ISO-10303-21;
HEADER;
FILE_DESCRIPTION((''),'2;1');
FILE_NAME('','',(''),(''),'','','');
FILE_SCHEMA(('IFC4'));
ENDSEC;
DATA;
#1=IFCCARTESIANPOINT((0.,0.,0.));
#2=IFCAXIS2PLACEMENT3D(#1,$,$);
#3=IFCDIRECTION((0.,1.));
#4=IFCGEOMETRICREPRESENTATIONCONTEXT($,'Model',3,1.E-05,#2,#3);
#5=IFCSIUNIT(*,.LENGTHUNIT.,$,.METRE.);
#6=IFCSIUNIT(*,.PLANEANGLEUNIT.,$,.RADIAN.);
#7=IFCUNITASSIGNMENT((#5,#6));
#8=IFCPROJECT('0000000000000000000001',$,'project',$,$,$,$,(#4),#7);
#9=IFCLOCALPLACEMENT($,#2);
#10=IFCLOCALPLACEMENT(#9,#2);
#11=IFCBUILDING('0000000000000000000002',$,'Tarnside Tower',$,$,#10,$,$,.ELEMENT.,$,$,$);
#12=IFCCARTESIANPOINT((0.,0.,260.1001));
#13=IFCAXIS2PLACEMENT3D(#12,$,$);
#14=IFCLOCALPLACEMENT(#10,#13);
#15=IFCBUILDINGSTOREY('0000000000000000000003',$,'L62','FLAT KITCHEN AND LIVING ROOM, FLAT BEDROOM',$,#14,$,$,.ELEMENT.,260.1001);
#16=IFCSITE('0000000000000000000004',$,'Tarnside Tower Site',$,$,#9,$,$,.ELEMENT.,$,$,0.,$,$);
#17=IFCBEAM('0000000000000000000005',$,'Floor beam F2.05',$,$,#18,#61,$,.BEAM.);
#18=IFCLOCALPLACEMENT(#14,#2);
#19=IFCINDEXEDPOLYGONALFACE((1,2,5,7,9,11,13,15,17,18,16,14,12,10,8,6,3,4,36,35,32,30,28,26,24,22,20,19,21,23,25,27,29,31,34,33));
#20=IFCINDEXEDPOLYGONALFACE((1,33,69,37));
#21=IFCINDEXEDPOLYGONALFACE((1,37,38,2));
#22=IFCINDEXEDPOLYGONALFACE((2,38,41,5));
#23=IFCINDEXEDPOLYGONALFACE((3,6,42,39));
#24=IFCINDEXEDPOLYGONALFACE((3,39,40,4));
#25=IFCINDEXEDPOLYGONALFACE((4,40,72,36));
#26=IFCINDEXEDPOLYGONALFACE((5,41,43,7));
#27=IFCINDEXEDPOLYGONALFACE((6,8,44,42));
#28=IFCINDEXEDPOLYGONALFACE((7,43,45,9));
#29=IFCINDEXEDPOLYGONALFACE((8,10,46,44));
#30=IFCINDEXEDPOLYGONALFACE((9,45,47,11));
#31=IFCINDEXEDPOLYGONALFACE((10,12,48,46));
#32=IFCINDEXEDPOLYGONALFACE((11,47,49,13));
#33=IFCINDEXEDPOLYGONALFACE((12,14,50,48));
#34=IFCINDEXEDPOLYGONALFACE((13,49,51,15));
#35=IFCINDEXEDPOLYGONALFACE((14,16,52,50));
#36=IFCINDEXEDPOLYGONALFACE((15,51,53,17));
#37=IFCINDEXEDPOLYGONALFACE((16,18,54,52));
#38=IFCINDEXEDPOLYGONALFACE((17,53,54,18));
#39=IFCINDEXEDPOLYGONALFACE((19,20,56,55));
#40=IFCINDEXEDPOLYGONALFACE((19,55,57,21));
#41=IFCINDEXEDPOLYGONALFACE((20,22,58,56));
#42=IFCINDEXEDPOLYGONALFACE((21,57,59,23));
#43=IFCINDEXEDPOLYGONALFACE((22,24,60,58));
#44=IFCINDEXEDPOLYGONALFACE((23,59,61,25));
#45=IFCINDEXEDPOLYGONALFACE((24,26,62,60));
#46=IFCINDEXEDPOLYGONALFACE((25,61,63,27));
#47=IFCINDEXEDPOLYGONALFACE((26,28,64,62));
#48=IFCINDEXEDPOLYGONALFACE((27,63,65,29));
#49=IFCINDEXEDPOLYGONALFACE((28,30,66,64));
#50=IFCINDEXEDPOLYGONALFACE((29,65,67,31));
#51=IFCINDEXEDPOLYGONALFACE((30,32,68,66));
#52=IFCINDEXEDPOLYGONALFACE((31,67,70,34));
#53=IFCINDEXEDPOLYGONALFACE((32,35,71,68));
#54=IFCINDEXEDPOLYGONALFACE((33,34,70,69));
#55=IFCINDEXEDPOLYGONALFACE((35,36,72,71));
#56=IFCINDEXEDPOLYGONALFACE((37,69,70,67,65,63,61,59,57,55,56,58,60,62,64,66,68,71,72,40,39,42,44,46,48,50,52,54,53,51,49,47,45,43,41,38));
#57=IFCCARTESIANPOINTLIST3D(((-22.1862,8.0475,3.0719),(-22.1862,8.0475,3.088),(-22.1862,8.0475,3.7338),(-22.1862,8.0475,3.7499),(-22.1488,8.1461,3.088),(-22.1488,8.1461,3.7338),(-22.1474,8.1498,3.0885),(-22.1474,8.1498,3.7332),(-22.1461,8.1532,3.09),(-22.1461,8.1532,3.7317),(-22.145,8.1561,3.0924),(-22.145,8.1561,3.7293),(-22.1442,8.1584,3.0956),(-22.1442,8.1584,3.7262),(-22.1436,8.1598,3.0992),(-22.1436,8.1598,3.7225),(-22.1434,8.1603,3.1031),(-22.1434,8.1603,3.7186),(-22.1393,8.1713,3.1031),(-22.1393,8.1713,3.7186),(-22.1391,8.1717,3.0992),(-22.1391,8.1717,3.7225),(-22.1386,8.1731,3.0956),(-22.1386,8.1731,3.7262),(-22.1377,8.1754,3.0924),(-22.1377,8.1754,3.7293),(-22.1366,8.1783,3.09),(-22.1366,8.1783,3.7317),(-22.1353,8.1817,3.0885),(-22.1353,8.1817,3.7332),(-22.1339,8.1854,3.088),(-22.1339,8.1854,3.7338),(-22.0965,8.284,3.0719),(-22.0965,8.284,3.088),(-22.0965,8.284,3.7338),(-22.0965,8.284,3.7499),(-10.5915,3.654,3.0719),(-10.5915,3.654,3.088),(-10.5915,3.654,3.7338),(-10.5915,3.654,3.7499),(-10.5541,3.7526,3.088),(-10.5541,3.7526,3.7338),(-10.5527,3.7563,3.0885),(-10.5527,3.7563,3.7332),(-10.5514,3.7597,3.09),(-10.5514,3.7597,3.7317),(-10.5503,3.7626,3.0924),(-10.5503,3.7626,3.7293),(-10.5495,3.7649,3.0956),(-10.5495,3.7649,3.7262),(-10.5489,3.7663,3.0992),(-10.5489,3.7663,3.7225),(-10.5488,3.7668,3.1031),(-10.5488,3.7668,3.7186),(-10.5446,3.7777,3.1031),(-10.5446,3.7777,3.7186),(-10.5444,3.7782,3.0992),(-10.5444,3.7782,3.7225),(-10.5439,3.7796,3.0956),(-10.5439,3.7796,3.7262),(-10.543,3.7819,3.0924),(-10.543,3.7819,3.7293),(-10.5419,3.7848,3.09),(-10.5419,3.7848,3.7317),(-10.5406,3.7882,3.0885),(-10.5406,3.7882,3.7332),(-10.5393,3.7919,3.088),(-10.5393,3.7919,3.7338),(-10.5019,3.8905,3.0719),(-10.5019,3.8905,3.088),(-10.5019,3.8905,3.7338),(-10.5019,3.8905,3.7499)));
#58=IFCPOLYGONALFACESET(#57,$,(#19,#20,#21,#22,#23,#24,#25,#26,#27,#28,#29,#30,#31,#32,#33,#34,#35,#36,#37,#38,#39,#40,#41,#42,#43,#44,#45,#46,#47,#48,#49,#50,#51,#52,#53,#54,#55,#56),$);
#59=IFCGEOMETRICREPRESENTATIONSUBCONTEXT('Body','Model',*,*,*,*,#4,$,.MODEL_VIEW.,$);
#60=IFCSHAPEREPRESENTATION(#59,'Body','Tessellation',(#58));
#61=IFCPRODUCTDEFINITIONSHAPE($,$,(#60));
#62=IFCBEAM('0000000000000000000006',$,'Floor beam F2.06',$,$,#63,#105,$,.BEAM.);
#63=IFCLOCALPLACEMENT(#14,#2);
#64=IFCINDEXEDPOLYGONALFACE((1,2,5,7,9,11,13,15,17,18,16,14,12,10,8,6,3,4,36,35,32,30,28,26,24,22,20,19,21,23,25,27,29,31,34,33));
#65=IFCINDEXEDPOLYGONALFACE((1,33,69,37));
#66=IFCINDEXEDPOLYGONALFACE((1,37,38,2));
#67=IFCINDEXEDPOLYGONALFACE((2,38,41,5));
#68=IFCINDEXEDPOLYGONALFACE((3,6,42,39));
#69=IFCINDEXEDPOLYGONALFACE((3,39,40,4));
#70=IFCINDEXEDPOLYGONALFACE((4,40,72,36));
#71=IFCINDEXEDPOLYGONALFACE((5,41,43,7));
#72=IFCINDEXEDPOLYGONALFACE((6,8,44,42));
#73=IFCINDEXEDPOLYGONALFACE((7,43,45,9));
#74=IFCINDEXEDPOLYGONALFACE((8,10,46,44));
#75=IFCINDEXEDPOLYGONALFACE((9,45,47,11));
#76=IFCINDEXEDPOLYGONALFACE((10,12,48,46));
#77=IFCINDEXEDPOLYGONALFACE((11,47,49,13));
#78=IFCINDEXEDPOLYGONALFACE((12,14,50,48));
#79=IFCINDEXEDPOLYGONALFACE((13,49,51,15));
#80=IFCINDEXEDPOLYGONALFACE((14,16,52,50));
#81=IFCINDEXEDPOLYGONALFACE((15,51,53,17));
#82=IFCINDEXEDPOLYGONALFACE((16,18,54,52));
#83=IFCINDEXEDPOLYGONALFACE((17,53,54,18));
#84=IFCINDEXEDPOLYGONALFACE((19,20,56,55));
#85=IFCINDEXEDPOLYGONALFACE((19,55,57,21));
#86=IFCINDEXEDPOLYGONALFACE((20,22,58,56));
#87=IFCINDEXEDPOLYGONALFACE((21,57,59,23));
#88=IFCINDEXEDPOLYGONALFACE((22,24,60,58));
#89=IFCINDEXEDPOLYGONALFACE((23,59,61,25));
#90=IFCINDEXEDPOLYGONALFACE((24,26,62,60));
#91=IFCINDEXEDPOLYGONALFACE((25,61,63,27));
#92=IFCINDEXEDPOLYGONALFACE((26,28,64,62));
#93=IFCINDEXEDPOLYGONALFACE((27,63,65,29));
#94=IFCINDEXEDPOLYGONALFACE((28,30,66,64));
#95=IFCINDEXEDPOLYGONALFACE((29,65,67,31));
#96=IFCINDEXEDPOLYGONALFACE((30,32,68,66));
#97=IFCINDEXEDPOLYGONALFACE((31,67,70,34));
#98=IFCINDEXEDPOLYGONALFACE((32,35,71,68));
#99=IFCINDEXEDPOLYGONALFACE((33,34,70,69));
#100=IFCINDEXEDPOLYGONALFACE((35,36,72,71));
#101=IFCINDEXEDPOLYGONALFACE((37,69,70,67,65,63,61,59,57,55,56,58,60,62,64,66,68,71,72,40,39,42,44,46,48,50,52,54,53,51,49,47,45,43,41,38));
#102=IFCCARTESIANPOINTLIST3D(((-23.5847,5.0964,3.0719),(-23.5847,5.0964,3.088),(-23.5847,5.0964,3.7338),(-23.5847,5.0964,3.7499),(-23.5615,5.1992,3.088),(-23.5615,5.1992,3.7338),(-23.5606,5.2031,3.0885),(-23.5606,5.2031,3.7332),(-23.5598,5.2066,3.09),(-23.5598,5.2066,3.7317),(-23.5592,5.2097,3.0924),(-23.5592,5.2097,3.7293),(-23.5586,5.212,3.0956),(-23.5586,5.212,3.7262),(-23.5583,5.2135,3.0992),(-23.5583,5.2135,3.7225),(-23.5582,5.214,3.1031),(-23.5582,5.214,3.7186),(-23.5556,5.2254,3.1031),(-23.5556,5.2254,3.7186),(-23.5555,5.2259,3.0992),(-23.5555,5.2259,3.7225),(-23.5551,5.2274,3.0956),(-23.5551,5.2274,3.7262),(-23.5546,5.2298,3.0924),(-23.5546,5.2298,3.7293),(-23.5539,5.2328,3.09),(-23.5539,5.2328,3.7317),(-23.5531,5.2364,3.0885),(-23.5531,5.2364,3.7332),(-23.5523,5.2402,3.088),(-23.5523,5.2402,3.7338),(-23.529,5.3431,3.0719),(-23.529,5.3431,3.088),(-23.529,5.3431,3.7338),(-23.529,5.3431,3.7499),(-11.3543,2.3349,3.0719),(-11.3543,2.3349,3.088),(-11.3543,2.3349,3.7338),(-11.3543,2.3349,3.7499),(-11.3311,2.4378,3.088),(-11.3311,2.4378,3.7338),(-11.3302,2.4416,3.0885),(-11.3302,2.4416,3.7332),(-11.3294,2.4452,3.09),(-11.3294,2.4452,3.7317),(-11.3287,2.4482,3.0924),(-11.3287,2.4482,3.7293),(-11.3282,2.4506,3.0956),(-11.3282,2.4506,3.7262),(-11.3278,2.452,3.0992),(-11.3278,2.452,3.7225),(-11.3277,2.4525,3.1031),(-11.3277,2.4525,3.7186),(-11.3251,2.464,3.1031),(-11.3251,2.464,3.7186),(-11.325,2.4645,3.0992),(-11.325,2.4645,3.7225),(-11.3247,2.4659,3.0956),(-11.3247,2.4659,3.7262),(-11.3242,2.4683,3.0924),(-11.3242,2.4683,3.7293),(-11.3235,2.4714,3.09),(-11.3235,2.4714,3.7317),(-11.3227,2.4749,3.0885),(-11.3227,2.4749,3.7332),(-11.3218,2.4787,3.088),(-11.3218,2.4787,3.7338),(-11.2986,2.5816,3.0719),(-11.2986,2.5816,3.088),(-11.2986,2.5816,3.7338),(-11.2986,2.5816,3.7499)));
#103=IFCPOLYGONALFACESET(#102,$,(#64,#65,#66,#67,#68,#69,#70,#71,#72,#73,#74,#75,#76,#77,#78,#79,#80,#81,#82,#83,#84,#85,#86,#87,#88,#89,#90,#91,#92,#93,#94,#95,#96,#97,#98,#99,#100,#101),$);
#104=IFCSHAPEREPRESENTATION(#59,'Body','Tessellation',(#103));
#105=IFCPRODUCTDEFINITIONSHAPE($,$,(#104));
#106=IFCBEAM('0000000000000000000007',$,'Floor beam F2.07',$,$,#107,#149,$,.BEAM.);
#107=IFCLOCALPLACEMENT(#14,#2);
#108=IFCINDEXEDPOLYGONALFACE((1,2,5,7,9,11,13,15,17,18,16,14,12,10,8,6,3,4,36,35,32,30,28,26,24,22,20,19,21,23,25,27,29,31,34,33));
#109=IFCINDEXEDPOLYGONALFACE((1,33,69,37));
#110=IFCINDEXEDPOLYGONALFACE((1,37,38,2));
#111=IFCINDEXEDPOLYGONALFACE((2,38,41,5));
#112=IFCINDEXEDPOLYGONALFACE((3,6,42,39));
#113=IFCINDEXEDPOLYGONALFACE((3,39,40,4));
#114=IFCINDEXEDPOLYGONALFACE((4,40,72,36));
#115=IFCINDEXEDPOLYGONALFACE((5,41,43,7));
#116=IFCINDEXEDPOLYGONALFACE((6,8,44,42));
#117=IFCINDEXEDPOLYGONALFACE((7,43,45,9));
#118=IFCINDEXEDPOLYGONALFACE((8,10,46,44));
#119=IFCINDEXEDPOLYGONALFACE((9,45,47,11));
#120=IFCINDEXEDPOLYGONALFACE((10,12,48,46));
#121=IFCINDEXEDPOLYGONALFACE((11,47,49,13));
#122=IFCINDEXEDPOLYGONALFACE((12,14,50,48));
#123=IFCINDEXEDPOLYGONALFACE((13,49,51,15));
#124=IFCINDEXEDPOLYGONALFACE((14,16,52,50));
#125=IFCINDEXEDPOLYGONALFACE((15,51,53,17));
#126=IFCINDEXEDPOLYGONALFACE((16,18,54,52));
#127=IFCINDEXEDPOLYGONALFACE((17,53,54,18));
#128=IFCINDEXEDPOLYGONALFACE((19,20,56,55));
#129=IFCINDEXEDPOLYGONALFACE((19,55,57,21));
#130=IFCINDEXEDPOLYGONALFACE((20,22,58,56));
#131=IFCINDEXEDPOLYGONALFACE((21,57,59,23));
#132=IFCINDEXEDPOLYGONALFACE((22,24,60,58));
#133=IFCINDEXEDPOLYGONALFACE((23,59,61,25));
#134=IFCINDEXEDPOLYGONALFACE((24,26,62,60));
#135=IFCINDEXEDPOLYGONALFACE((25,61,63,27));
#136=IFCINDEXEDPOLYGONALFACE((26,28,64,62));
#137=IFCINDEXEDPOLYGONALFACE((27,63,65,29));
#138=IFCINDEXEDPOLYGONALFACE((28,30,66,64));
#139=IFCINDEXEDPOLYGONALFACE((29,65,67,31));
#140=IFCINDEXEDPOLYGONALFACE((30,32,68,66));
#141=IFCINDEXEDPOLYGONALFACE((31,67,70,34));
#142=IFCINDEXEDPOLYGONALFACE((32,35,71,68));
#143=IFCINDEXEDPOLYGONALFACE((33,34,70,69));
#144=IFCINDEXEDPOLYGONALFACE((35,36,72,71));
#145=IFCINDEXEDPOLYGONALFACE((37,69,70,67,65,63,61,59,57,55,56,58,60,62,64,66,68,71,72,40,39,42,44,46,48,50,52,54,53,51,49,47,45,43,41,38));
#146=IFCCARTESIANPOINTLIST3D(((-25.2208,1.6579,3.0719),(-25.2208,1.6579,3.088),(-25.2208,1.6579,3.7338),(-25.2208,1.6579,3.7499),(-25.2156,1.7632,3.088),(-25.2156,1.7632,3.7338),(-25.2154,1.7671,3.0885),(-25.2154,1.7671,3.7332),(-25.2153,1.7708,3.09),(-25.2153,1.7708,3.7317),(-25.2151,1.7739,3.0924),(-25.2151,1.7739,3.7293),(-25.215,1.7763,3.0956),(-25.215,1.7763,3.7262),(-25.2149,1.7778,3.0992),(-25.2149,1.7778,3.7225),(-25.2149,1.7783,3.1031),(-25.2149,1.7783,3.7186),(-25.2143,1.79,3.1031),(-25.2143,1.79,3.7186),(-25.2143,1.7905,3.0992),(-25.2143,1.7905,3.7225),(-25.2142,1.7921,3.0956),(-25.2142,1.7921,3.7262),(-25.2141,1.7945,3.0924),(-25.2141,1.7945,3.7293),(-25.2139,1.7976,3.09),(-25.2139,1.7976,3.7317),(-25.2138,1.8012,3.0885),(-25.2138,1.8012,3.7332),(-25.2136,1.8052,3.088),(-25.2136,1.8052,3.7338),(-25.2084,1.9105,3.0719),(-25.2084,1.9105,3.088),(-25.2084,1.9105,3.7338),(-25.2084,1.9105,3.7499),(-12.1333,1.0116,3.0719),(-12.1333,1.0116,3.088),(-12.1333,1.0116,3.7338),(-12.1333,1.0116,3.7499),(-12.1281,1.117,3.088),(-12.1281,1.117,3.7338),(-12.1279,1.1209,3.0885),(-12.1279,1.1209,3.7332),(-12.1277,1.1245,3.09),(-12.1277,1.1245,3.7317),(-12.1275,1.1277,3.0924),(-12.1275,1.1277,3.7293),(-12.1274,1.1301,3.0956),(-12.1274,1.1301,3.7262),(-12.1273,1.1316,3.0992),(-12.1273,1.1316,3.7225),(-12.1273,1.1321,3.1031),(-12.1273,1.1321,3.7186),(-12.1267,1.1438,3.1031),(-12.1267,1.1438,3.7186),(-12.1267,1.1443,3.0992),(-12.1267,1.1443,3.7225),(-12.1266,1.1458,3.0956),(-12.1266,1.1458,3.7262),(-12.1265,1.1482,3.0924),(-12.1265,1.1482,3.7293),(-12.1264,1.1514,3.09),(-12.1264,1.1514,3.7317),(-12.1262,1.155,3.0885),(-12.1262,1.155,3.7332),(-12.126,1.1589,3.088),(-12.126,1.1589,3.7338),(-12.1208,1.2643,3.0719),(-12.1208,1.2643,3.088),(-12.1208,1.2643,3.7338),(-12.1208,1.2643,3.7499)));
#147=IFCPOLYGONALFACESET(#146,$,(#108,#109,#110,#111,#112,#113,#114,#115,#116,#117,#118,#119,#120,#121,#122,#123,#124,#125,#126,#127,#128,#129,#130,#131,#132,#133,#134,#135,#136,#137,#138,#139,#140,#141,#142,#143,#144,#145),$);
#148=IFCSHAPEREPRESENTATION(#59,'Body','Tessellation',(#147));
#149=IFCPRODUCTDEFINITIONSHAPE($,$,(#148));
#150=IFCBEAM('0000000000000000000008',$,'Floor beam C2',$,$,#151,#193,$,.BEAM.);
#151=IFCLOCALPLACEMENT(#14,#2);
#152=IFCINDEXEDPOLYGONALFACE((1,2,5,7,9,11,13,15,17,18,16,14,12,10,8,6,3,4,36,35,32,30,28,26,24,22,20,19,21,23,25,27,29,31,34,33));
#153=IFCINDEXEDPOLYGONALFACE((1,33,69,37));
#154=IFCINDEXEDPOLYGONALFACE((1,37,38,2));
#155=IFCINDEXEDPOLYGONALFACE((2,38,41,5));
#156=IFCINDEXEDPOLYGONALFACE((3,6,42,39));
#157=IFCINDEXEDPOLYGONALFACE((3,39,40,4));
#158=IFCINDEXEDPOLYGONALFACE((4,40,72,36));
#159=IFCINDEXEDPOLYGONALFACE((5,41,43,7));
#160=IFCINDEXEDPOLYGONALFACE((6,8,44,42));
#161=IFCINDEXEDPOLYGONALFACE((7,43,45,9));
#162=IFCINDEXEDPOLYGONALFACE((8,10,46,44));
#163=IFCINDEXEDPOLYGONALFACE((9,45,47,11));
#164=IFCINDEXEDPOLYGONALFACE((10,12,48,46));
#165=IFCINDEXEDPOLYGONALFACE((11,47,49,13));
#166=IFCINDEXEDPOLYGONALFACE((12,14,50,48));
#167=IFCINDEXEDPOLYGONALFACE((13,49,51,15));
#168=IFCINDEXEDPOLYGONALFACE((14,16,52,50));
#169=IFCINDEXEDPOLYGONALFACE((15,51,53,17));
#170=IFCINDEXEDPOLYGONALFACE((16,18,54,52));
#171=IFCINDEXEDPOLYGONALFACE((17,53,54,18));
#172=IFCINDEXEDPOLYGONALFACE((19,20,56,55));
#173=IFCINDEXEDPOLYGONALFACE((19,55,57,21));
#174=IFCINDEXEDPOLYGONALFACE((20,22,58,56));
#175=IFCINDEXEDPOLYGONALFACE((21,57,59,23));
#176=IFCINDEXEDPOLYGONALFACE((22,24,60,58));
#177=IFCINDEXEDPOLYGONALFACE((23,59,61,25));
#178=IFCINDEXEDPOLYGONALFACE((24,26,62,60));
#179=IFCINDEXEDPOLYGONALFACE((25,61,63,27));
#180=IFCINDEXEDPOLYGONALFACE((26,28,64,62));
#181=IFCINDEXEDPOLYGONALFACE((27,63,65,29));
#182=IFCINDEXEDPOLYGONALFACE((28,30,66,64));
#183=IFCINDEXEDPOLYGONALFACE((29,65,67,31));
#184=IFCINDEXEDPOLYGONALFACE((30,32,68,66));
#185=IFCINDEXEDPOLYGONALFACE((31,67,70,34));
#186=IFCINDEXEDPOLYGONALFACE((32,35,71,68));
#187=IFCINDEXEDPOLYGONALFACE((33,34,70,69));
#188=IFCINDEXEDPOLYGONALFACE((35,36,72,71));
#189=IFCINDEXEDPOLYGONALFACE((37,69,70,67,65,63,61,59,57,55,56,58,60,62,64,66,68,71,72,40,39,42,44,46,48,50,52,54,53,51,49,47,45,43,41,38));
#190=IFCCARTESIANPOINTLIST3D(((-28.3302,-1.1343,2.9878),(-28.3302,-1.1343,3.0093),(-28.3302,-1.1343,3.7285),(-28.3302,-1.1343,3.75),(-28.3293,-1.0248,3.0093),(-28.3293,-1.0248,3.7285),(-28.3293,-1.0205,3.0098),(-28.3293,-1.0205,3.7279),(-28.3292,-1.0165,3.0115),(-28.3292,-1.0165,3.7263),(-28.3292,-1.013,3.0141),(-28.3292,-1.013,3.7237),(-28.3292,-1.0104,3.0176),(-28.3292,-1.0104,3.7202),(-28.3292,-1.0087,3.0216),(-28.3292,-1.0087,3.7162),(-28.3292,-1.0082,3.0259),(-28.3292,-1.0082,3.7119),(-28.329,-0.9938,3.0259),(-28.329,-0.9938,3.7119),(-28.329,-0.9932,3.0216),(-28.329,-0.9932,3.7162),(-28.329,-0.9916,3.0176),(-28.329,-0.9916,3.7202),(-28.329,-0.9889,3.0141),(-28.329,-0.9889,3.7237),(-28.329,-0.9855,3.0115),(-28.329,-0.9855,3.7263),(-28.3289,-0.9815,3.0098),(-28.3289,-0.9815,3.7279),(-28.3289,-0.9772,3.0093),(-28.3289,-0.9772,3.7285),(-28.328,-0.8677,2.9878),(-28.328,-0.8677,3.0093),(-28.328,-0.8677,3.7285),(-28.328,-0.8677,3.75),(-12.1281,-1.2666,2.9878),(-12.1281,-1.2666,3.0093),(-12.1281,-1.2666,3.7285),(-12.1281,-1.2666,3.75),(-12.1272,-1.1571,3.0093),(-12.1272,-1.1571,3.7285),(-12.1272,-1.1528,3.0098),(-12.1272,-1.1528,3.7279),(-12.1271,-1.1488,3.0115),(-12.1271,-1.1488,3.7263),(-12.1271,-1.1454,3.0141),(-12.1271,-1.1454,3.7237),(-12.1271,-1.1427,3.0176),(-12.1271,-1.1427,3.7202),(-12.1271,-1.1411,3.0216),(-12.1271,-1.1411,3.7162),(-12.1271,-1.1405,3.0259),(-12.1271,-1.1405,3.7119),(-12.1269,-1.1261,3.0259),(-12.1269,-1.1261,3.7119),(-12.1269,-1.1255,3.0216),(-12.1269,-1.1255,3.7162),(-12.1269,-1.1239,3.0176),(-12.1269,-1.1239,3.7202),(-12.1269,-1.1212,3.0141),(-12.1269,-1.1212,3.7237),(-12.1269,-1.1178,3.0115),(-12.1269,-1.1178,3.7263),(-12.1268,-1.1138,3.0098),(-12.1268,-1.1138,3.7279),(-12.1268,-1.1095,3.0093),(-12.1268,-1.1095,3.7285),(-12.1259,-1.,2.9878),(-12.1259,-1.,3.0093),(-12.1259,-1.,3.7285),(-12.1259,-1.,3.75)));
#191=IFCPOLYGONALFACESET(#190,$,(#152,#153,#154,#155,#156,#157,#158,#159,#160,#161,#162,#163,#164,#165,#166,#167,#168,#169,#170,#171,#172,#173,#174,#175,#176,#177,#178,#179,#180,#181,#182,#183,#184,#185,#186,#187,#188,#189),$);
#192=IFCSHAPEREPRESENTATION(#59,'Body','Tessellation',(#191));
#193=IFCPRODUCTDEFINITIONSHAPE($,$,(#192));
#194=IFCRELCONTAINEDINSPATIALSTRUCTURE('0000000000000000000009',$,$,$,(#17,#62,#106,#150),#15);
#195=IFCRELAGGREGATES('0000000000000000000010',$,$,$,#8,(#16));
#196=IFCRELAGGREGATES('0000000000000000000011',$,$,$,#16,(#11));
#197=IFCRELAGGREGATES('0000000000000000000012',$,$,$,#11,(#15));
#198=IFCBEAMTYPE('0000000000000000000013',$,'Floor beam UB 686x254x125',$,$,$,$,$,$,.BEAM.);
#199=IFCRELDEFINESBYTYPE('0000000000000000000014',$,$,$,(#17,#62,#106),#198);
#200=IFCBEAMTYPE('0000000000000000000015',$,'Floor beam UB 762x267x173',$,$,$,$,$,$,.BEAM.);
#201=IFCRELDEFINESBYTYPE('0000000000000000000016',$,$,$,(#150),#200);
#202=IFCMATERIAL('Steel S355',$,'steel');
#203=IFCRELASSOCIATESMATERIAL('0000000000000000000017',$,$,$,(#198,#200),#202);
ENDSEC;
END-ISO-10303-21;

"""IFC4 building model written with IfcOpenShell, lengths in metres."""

from ifc_helpers import new_model, si_unit, direction, frame, origin, origin_2d, place, context, subcontext, project, spatial, i_section, extrude, material, material_profile, profile_set, type_object, element, save


model = new_model("IFC4")

# Units and contexts
model_context = context("Model", 3, precision=1e-05, world=origin(), true_north=direction((0.0, 1.0)))
body_context = subcontext(model_context, "Body", "Model", "MODEL_VIEW")
ifc_project = project(units=[si_unit("LENGTHUNIT", "METRE"), si_unit("PLANEANGLEUNIT", "RADIAN")], contexts=[model_context])

# Site, building, storey
site_placement = place(None, origin())
site = spatial("IfcSite", under=ifc_project, at=site_placement, Name="Tarnside Tower Site", CompositionType="ELEMENT", RefElevation=0.0)
building_placement = place(site_placement, origin())
building = spatial("IfcBuilding", under=site, at=building_placement, Name="Tarnside Tower", CompositionType="ELEMENT")
storey_placement = place(building_placement, frame((0.0, 0.0, 260.1001)))
storey = spatial("IfcBuildingStorey", under=building, at=storey_placement, Name="L62", Description="FLAT KITCHEN AND LIVING ROOM, FLAT BEDROOM", CompositionType="ELEMENT", Elevation=260.1001)

# Beams
ifc_material_1 = material(Name="Steel S355", Category="steel")
ifc_material_profile_1 = material_profile(ifc_material_1, i_section(OverallWidth=0.2529, OverallDepth=0.678, WebThickness=0.0117, FlangeThickness=0.0161, FilletRadius=0.0151, at=origin_2d()), Name="UB 686x254x125")
ifc_profile_set_1 = profile_set([ifc_material_profile_1], Name="Steel S355")
beam_type_1 = type_object("IfcBeamType", Name="Floor beam UB 686x254x125", PredefinedType="BEAM", material=ifc_profile_set_1)
beam_1_placement = place(storey_placement, frame((-22.1414, 8.1658, 3.4109), z_axis=(0.935116, -0.354341, 0.0), x_axis=(0.354341, 0.935116, 0.0)))
element("IfcBeam", 1, at=beam_1_placement, inside=storey, type_object=beam_type_1, Name="Floor beam F2.05", PredefinedType="BEAM", context=body_context, shape_type="SweptSolid", body=[
    extrude(i_section(OverallWidth=0.2529, OverallDepth=0.678, WebThickness=0.0117, FlangeThickness=0.0161, FilletRadius=0.0151, at=origin_2d()), origin(), (0.0, 0.0, 1.0), 12.3992),
])
beam_2_placement = place(storey_placement, frame((-23.5569, 5.2197, 3.4109), z_axis=(0.975445, -0.220242, 0.0), x_axis=(0.220242, 0.975445, 0.0)))
element("IfcBeam", 2, at=beam_2_placement, inside=storey, type_object=beam_type_1, Name="Floor beam F2.06", PredefinedType="BEAM", context=body_context, shape_type="SweptSolid", body=[
    extrude(i_section(OverallWidth=0.2529, OverallDepth=0.678, WebThickness=0.0117, FlangeThickness=0.0161, FilletRadius=0.0151, at=origin_2d()), origin(), (0.0, 0.0, 1.0), 12.5383),
])
beam_3_placement = place(storey_placement, frame((-25.2146, 1.7842, 3.4109), z_axis=(0.998783, -0.049318, 0.0), x_axis=(0.049318, 0.998783, 0.0)))
element("IfcBeam", 3, at=beam_3_placement, inside=storey, type_object=beam_type_1, Name="Floor beam F2.07", PredefinedType="BEAM", context=body_context, shape_type="SweptSolid", body=[
    extrude(i_section(OverallWidth=0.2529, OverallDepth=0.678, WebThickness=0.0117, FlangeThickness=0.0161, FilletRadius=0.0151, at=origin_2d()), origin(), (0.0, 0.0, 1.0), 13.1035),
])
ifc_material_profile_2 = material_profile(ifc_material_1, i_section(OverallWidth=0.2666, OverallDepth=0.7622, WebThickness=0.0144, FlangeThickness=0.0215, FilletRadius=0.0166, at=origin_2d()), Name="UB 762x267x173")
ifc_profile_set_2 = profile_set([ifc_material_profile_2], Name="Steel S355")
beam_type_2 = type_object("IfcBeamType", Name="Floor beam UB 762x267x173", PredefinedType="BEAM", material=ifc_profile_set_2)
beam_4_placement = place(storey_placement, frame((-28.3291, -1.001, 3.3689), z_axis=(0.999967, -0.008167, 0.0), x_axis=(0.008167, 0.999967, 0.0)))
element("IfcBeam", 4, at=beam_4_placement, inside=storey, type_object=beam_type_2, Name="Floor beam C2", PredefinedType="BEAM", context=body_context, shape_type="SweptSolid", body=[
    extrude(i_section(OverallWidth=0.2666, OverallDepth=0.7622, WebThickness=0.0144, FlangeThickness=0.0215, FilletRadius=0.0166, at=origin_2d()), origin(), (0.0, 0.0, 1.0), 16.2026),
])

save(model, "model.ifc")
